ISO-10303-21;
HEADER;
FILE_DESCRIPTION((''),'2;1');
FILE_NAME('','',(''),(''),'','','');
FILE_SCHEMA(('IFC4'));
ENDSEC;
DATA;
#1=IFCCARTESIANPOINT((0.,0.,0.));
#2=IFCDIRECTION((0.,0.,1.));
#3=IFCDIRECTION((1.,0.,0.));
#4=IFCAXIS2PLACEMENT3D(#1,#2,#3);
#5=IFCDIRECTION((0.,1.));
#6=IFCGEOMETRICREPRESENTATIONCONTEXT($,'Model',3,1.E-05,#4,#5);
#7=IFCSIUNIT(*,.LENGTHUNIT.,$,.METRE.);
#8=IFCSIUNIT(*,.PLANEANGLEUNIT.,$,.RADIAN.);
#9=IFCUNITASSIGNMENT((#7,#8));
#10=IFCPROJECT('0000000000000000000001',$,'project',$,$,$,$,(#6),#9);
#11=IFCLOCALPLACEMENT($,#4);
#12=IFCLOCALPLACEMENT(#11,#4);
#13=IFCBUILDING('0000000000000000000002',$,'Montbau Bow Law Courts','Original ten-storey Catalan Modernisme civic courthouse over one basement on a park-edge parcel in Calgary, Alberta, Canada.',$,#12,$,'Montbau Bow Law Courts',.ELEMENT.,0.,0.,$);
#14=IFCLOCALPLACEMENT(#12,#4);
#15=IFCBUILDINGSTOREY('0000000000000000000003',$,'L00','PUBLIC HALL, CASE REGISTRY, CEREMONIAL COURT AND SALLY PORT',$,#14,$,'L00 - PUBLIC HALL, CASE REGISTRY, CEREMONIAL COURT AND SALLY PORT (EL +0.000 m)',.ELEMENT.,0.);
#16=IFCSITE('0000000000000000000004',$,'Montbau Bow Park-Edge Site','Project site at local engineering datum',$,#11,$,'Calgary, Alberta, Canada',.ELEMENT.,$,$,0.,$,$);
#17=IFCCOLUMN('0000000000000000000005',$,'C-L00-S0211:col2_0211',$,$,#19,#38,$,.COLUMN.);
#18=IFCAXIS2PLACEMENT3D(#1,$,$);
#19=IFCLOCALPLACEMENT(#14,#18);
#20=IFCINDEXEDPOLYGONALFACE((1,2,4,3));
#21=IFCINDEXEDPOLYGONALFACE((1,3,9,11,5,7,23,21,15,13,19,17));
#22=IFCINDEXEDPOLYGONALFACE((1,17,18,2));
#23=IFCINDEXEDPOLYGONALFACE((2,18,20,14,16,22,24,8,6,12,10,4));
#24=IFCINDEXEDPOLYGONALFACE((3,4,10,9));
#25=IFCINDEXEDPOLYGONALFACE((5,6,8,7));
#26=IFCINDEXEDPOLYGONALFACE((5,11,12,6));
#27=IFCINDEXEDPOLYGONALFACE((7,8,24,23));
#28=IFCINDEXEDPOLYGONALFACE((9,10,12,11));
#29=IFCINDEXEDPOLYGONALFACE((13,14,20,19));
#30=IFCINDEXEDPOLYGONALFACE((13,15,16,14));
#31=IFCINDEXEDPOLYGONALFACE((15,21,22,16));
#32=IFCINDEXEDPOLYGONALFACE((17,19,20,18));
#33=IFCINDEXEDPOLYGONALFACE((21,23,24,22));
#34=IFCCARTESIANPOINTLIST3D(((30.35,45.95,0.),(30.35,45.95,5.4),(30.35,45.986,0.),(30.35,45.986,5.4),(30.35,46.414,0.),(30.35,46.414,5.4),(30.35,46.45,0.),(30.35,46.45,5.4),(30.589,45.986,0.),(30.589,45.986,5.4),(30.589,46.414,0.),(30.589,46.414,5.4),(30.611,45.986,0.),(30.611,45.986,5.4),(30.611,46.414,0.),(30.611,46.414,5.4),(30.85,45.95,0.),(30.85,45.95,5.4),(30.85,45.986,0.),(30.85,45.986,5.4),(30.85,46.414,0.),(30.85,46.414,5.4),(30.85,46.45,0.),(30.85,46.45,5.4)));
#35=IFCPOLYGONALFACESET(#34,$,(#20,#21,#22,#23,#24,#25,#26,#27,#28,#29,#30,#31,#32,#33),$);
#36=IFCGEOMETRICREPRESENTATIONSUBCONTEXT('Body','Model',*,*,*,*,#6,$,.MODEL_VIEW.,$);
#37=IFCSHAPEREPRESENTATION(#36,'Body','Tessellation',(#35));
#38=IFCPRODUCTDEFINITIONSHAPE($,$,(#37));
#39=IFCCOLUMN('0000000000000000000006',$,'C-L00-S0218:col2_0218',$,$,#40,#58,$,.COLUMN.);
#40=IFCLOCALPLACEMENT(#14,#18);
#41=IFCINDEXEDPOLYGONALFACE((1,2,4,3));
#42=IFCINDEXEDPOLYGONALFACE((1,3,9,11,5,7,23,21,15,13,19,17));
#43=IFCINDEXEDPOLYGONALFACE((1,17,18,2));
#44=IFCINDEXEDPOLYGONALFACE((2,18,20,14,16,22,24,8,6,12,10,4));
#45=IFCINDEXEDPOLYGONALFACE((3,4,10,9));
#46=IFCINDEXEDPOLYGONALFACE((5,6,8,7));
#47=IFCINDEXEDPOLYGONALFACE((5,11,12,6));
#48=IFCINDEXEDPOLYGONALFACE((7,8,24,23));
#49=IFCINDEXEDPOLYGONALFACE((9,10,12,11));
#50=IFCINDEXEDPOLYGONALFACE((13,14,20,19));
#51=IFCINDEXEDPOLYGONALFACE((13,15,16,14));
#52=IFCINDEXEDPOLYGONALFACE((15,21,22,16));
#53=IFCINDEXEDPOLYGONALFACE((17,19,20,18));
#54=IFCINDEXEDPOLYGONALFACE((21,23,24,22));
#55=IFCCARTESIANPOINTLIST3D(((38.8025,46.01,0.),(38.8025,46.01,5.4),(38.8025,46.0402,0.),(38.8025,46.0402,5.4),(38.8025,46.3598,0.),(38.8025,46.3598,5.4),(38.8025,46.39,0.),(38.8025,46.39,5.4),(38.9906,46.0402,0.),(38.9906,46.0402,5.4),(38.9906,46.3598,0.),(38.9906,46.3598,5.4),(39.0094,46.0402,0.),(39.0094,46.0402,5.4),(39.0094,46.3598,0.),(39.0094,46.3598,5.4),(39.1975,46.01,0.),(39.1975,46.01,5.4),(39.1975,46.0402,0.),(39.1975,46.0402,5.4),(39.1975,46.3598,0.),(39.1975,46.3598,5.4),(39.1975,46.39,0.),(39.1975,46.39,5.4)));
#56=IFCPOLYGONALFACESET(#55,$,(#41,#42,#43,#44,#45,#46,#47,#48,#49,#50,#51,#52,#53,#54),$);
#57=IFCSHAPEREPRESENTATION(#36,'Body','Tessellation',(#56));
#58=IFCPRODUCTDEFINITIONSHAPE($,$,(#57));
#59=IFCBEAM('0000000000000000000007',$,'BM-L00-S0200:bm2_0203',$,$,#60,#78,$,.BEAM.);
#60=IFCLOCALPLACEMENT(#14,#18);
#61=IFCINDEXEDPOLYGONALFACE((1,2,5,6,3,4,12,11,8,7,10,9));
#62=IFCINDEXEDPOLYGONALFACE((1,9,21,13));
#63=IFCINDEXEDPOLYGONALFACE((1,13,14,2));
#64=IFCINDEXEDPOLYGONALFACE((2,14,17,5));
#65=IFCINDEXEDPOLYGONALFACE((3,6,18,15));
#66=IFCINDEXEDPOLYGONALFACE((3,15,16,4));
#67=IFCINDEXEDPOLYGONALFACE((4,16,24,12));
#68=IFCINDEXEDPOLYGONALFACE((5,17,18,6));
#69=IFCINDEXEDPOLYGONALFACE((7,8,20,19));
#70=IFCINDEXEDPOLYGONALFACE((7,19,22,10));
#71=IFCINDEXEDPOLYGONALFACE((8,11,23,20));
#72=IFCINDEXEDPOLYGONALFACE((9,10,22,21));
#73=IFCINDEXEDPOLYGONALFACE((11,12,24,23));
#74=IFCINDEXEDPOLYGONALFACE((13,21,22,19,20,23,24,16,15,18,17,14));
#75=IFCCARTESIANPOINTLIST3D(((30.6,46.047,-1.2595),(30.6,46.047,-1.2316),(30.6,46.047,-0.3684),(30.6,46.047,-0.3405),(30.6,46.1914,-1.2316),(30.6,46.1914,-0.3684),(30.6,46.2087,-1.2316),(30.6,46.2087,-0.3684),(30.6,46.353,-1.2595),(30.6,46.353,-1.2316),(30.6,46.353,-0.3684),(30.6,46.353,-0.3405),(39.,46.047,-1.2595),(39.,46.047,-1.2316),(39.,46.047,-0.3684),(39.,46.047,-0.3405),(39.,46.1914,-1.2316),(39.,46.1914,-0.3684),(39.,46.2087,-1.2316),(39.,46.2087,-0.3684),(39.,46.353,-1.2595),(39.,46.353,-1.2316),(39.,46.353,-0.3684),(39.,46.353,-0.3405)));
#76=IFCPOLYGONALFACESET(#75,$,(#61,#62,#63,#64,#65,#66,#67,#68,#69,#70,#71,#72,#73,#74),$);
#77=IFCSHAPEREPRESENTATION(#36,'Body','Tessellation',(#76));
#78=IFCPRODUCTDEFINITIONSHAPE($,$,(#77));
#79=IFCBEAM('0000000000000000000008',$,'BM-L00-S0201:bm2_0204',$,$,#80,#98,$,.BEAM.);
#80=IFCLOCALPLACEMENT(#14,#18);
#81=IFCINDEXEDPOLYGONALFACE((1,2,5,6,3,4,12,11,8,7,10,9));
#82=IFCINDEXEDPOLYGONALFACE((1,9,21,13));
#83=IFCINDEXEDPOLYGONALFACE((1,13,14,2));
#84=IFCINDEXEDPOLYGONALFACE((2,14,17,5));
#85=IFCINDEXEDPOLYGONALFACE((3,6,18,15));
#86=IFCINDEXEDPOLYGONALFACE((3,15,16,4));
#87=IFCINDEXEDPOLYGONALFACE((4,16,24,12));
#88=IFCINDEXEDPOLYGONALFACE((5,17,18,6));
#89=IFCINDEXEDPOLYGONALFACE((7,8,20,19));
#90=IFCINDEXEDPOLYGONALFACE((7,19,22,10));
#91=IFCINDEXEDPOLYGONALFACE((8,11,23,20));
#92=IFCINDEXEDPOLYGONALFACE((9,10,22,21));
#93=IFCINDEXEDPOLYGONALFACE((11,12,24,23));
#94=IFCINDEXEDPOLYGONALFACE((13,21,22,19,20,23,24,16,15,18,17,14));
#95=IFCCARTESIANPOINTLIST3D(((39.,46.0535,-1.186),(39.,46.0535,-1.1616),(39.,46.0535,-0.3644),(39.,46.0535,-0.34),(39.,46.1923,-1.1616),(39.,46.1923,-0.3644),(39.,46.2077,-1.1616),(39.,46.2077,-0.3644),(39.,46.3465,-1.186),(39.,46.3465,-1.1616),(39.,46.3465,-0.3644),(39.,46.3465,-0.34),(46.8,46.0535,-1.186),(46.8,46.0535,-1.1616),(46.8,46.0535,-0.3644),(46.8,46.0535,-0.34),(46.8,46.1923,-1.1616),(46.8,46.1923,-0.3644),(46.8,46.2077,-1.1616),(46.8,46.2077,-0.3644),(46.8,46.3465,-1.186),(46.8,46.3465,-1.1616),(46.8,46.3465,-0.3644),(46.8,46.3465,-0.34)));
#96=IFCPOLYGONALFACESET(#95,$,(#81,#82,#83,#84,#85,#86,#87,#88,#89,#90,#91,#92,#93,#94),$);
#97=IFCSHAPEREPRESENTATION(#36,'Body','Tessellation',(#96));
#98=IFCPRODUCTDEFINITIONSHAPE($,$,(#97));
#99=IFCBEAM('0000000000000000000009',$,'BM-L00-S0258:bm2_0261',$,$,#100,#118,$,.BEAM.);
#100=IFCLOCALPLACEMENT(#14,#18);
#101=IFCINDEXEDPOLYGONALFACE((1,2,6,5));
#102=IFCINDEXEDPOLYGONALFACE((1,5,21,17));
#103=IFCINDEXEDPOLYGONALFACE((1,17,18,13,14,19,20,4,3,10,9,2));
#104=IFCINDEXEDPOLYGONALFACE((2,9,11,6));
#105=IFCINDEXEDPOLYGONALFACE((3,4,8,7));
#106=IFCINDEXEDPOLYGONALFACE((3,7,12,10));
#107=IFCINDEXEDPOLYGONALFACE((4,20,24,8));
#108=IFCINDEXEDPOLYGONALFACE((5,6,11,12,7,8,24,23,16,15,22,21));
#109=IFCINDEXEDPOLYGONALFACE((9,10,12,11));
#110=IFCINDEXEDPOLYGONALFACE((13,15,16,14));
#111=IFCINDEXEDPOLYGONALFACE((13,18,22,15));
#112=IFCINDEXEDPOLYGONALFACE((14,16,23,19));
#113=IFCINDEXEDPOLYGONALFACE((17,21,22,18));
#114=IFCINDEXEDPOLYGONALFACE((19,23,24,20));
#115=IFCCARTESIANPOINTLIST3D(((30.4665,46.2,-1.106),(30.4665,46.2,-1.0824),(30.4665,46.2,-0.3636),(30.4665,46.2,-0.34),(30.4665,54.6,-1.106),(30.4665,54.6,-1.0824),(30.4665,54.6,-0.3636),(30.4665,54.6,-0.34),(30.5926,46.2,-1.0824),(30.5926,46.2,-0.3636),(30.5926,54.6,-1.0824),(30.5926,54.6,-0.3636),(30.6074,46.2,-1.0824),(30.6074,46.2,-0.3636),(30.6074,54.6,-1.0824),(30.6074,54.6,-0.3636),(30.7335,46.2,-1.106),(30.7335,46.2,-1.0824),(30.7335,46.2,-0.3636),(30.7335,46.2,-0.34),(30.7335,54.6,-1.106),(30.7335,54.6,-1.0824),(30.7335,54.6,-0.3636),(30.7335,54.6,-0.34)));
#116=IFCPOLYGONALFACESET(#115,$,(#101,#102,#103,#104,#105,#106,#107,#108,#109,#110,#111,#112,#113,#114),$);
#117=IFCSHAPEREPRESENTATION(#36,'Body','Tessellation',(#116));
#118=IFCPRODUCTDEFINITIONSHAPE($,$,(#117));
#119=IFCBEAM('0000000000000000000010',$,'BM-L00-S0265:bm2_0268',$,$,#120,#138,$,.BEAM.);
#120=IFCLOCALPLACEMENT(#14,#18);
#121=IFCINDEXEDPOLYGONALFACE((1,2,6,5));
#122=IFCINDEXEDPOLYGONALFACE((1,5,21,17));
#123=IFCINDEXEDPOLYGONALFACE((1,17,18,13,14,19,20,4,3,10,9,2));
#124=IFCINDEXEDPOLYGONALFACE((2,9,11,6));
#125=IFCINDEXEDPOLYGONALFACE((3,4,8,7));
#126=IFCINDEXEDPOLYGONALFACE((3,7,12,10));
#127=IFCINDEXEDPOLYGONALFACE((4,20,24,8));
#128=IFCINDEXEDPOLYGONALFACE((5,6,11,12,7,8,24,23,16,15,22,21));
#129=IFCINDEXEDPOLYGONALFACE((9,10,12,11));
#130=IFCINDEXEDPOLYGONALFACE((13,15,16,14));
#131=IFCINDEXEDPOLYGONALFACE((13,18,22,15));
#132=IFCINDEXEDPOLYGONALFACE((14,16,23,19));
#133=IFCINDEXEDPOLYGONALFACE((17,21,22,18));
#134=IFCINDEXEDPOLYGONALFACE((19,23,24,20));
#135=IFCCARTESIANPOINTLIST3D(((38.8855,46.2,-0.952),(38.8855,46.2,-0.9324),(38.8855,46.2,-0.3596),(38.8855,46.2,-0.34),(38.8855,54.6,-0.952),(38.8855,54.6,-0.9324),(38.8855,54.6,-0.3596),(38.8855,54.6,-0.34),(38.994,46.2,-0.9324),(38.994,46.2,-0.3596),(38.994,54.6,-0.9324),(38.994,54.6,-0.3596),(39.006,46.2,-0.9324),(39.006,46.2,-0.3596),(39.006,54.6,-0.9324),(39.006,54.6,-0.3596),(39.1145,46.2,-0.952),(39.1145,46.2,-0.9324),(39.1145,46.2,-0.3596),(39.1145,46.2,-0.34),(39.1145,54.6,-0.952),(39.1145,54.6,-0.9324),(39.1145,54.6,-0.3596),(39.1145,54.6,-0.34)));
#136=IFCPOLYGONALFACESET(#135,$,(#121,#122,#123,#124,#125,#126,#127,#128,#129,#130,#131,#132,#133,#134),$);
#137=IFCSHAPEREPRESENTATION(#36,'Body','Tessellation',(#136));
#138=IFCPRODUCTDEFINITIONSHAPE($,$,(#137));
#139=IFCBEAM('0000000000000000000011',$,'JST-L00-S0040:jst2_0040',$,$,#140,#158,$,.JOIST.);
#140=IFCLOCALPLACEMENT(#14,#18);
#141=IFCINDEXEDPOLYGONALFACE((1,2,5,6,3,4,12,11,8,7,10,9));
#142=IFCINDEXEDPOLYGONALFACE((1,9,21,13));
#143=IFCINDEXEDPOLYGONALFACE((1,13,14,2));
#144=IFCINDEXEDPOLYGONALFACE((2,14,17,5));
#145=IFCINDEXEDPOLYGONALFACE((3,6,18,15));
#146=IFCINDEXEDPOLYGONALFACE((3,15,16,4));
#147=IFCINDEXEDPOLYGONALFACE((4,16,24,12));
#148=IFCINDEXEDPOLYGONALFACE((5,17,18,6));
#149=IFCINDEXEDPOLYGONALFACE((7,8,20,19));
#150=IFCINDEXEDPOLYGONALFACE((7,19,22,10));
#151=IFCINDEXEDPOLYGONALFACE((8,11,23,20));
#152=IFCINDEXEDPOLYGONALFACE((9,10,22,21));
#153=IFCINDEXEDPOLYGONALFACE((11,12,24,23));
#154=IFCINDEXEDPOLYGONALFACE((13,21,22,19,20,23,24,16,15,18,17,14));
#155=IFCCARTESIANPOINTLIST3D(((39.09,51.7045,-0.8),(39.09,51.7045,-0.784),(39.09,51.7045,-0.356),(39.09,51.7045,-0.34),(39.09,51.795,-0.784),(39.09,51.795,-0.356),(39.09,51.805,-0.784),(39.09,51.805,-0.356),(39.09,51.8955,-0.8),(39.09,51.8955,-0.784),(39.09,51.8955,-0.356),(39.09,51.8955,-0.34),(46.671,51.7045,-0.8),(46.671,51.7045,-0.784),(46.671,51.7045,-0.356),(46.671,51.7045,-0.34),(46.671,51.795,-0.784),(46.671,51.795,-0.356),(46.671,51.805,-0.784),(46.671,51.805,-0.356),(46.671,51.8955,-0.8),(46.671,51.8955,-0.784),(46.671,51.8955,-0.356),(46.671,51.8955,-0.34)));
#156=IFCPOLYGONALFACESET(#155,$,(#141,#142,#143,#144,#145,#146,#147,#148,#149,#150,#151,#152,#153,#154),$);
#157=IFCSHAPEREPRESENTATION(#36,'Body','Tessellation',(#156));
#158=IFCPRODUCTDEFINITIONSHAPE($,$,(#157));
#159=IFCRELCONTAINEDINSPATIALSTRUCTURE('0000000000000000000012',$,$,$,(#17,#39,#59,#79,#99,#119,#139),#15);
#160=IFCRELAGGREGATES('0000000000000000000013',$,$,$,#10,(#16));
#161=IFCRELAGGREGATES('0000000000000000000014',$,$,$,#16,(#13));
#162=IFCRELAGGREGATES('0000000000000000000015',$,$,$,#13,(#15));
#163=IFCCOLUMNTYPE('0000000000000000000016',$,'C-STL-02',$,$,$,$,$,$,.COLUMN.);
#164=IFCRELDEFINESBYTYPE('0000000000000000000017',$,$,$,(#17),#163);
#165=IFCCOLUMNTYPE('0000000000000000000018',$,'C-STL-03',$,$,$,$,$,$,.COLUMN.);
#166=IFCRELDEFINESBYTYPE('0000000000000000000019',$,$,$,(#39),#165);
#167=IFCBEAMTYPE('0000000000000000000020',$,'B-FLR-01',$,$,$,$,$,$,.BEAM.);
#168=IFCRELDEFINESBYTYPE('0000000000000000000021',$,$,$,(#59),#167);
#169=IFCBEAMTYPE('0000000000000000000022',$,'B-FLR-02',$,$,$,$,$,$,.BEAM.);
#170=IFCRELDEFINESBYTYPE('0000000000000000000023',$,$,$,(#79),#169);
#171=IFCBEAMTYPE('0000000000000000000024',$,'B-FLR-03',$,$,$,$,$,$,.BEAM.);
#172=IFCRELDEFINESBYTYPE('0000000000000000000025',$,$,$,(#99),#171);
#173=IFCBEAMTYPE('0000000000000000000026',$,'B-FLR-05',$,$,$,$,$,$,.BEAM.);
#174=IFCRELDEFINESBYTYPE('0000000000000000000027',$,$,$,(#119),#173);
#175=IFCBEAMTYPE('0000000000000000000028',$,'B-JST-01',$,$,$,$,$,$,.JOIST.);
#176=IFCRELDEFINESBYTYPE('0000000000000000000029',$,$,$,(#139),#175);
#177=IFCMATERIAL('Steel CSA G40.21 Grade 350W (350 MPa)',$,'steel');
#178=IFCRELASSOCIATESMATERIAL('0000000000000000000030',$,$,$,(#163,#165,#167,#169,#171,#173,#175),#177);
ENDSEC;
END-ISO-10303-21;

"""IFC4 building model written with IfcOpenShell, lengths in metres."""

from ifc_helpers import new_model, si_unit, direction, frame, origin_with_axes, origin_2d_with_axis, place, context, subcontext, project, spatial, i_section, extrude, material, material_profile, profile_set, type_object, element, save


model = new_model("IFC4")

# Units and contexts
model_context = context("Model", 3, precision=1e-05, world=origin_with_axes(), true_north=direction((0.0, 1.0)))
body_context = subcontext(model_context, "Body", "Model", "MODEL_VIEW")
ifc_project = project(units=[si_unit("LENGTHUNIT", "METRE"), si_unit("PLANEANGLEUNIT", "RADIAN")], contexts=[model_context])

# Site, building, storey
site_placement = place(None, origin_with_axes())
site = spatial("IfcSite", under=ifc_project, at=site_placement, Name="Montbau Bow Park-Edge Site", Description="Project site at local engineering datum", LongName="Calgary, Alberta, Canada", CompositionType="ELEMENT", RefElevation=0.0)
building_placement = place(site_placement, origin_with_axes())
building = spatial("IfcBuilding", under=site, at=building_placement, Name="Montbau Bow Law Courts", Description="Original ten-storey Catalan Modernisme civic courthouse over one basement on a park-edge parcel in Calgary, Alberta, Canada.", LongName="Montbau Bow Law Courts", CompositionType="ELEMENT", ElevationOfRefHeight=0.0, ElevationOfTerrain=0.0)
storey_placement = place(building_placement, origin_with_axes())
storey = spatial("IfcBuildingStorey", under=building, at=storey_placement, Name="L00", Description="PUBLIC HALL, CASE REGISTRY, CEREMONIAL COURT AND SALLY PORT", LongName="L00 - PUBLIC HALL, CASE REGISTRY, CEREMONIAL COURT AND SALLY PORT (EL +0.000 m)", CompositionType="ELEMENT", Elevation=0.0)

# Columns
ifc_material_1 = material(Name="Steel CSA G40.21 Grade 350W (350 MPa)", Category="steel")
ifc_material_profile_1 = material_profile(ifc_material_1, i_section(OverallWidth=0.5, OverallDepth=0.5, WebThickness=0.022, FlangeThickness=0.036, at=origin_2d_with_axis()), Name="WWF500X343", Category="Main", Priority=0)
ifc_profile_set_1 = profile_set([ifc_material_profile_1], Name="Steel CSA G40.21 Grade 350W (350 MPa)")
column_type_1 = type_object("IfcColumnType", Name="C-STL-02", PredefinedType="COLUMN", material=ifc_profile_set_1)
column_1_placement = place(None, frame((30.6, 46.2, 0.0), z_axis=(0.0, 0.0, 1.0), x_axis=(1.0, 0.0, 0.0)))
element("IfcColumn", 1, at=column_1_placement, inside=storey, type_object=column_type_1, Name="C-L00-S0211:col2_0211", PredefinedType="COLUMN", context=body_context, shape_type="SweptSolid", body=[
    extrude(i_section(OverallWidth=0.5, OverallDepth=0.5, WebThickness=0.022, FlangeThickness=0.036, at=origin_2d_with_axis()), origin_with_axes(), (0.0, 0.0, 1.0), 5.4),
])
ifc_material_profile_2 = material_profile(ifc_material_1, i_section(OverallWidth=0.395, OverallDepth=0.38, WebThickness=0.0189, FlangeThickness=0.0302, at=origin_2d_with_axis()), Name="W360X237", Category="Main", Priority=0)
ifc_profile_set_2 = profile_set([ifc_material_profile_2], Name="Steel CSA G40.21 Grade 350W (350 MPa)")
column_type_2 = type_object("IfcColumnType", Name="C-STL-03", PredefinedType="COLUMN", material=ifc_profile_set_2)
column_2_placement = place(None, frame((39.0, 46.2, 0.0), z_axis=(0.0, 0.0, 1.0), x_axis=(1.0, 0.0, 0.0)))
element("IfcColumn", 2, at=column_2_placement, inside=storey, type_object=column_type_2, Name="C-L00-S0218:col2_0218", PredefinedType="COLUMN", context=body_context, shape_type="SweptSolid", body=[
    extrude(i_section(OverallWidth=0.395, OverallDepth=0.38, WebThickness=0.0189, FlangeThickness=0.0302, at=origin_2d_with_axis()), origin_with_axes(), (0.0, 0.0, 1.0), 5.4),
])

# Beams
ifc_material_profile_3 = material_profile(ifc_material_1, i_section(OverallWidth=0.306, OverallDepth=0.919, WebThickness=0.0173, FlangeThickness=0.0279, at=origin_2d_with_axis()), Name="W920X253", Category="Main", Priority=0)
ifc_profile_set_3 = profile_set([ifc_material_profile_3], Name="Steel CSA G40.21 Grade 350W (350 MPa)")
beam_type_1 = type_object("IfcBeamType", Name="B-FLR-01", PredefinedType="BEAM", material=ifc_profile_set_3)
beam_1_placement = place(None, frame((30.6, 46.2, -0.8), z_axis=(1.0, 0.0, 0.0), x_axis=(0.0, 1.0, 0.0)))
element("IfcBeam", 3, at=beam_1_placement, inside=storey, type_object=beam_type_1, Name="BM-L00-S0200:bm2_0203", PredefinedType="BEAM", context=body_context, shape_type="SweptSolid", body=[
    extrude(i_section(OverallWidth=0.306, OverallDepth=0.919, WebThickness=0.0173, FlangeThickness=0.0279, at=origin_2d_with_axis()), origin_with_axes(), (0.0, 0.0, 1.0), 8.4),
])
ifc_material_profile_4 = material_profile(ifc_material_1, i_section(OverallWidth=0.293, OverallDepth=0.846, WebThickness=0.0154, FlangeThickness=0.0244, at=origin_2d_with_axis()), Name="W840X210", Category="Main", Priority=0)
ifc_profile_set_4 = profile_set([ifc_material_profile_4], Name="Steel CSA G40.21 Grade 350W (350 MPa)")
beam_type_2 = type_object("IfcBeamType", Name="B-FLR-02", PredefinedType="BEAM", material=ifc_profile_set_4)
beam_2_placement = place(None, frame((39.0, 46.2, -0.763), z_axis=(1.0, 0.0, 0.0), x_axis=(0.0, 1.0, 0.0)))
element("IfcBeam", 4, at=beam_2_placement, inside=storey, type_object=beam_type_2, Name="BM-L00-S0201:bm2_0204", PredefinedType="BEAM", context=body_context, shape_type="SweptSolid", body=[
    extrude(i_section(OverallWidth=0.293, OverallDepth=0.846, WebThickness=0.0154, FlangeThickness=0.0244, at=origin_2d_with_axis()), origin_with_axes(), (0.0, 0.0, 1.0), 7.8),
])
ifc_material_profile_5 = material_profile(ifc_material_1, i_section(OverallWidth=0.267, OverallDepth=0.766, WebThickness=0.0149, FlangeThickness=0.0236, at=origin_2d_with_axis()), Name="W760X185", Category="Main", Priority=0)
ifc_profile_set_5 = profile_set([ifc_material_profile_5], Name="Steel CSA G40.21 Grade 350W (350 MPa)")
beam_type_3 = type_object("IfcBeamType", Name="B-FLR-03", PredefinedType="BEAM", material=ifc_profile_set_5)
beam_3_placement = place(None, frame((30.6, 46.2, -0.723), z_axis=(0.0, 1.0, 0.0), x_axis=(-1.0, 0.0, 0.0)))
element("IfcBeam", 5, at=beam_3_placement, inside=storey, type_object=beam_type_3, Name="BM-L00-S0258:bm2_0261", PredefinedType="BEAM", context=body_context, shape_type="SweptSolid", body=[
    extrude(i_section(OverallWidth=0.267, OverallDepth=0.766, WebThickness=0.0149, FlangeThickness=0.0236, at=origin_2d_with_axis()), origin_with_axes(), (0.0, 0.0, 1.0), 8.4),
])
ifc_material_profile_6 = material_profile(ifc_material_1, i_section(OverallWidth=0.229, OverallDepth=0.612, WebThickness=0.0119, FlangeThickness=0.0196, at=origin_2d_with_axis()), Name="W610X125", Category="Main", Priority=0)
ifc_profile_set_6 = profile_set([ifc_material_profile_6], Name="Steel CSA G40.21 Grade 350W (350 MPa)")
beam_type_4 = type_object("IfcBeamType", Name="B-FLR-05", PredefinedType="BEAM", material=ifc_profile_set_6)
beam_4_placement = place(None, frame((39.0, 46.2, -0.646), z_axis=(0.0, 1.0, 0.0), x_axis=(-1.0, 0.0, 0.0)))
element("IfcBeam", 6, at=beam_4_placement, inside=storey, type_object=beam_type_4, Name="BM-L00-S0265:bm2_0268", PredefinedType="BEAM", context=body_context, shape_type="SweptSolid", body=[
    extrude(i_section(OverallWidth=0.229, OverallDepth=0.612, WebThickness=0.0119, FlangeThickness=0.0196, at=origin_2d_with_axis()), origin_with_axes(), (0.0, 0.0, 1.0), 8.4),
])
ifc_material_profile_7 = material_profile(ifc_material_1, i_section(OverallWidth=0.191, OverallDepth=0.46, WebThickness=0.0099, FlangeThickness=0.016, at=origin_2d_with_axis()), Name="W460X82", Category="Main", Priority=0)
ifc_profile_set_7 = profile_set([ifc_material_profile_7], Name="Steel CSA G40.21 Grade 350W (350 MPa)")
beam_type_5 = type_object("IfcBeamType", Name="B-JST-01", PredefinedType="JOIST", material=ifc_profile_set_7)
beam_5_placement = place(None, frame((39.09, 51.8, -0.57), z_axis=(1.0, 0.0, 0.0), x_axis=(0.0, 1.0, 0.0)))
element("IfcBeam", 7, at=beam_5_placement, inside=storey, type_object=beam_type_5, Name="JST-L00-S0040:jst2_0040", PredefinedType="JOIST", context=body_context, shape_type="SweptSolid", body=[
    extrude(i_section(OverallWidth=0.191, OverallDepth=0.46, WebThickness=0.0099, FlangeThickness=0.016, at=origin_2d_with_axis()), origin_with_axes(), (0.0, 0.0, 1.0), 7.581),
])

save(model, "model.ifc")
